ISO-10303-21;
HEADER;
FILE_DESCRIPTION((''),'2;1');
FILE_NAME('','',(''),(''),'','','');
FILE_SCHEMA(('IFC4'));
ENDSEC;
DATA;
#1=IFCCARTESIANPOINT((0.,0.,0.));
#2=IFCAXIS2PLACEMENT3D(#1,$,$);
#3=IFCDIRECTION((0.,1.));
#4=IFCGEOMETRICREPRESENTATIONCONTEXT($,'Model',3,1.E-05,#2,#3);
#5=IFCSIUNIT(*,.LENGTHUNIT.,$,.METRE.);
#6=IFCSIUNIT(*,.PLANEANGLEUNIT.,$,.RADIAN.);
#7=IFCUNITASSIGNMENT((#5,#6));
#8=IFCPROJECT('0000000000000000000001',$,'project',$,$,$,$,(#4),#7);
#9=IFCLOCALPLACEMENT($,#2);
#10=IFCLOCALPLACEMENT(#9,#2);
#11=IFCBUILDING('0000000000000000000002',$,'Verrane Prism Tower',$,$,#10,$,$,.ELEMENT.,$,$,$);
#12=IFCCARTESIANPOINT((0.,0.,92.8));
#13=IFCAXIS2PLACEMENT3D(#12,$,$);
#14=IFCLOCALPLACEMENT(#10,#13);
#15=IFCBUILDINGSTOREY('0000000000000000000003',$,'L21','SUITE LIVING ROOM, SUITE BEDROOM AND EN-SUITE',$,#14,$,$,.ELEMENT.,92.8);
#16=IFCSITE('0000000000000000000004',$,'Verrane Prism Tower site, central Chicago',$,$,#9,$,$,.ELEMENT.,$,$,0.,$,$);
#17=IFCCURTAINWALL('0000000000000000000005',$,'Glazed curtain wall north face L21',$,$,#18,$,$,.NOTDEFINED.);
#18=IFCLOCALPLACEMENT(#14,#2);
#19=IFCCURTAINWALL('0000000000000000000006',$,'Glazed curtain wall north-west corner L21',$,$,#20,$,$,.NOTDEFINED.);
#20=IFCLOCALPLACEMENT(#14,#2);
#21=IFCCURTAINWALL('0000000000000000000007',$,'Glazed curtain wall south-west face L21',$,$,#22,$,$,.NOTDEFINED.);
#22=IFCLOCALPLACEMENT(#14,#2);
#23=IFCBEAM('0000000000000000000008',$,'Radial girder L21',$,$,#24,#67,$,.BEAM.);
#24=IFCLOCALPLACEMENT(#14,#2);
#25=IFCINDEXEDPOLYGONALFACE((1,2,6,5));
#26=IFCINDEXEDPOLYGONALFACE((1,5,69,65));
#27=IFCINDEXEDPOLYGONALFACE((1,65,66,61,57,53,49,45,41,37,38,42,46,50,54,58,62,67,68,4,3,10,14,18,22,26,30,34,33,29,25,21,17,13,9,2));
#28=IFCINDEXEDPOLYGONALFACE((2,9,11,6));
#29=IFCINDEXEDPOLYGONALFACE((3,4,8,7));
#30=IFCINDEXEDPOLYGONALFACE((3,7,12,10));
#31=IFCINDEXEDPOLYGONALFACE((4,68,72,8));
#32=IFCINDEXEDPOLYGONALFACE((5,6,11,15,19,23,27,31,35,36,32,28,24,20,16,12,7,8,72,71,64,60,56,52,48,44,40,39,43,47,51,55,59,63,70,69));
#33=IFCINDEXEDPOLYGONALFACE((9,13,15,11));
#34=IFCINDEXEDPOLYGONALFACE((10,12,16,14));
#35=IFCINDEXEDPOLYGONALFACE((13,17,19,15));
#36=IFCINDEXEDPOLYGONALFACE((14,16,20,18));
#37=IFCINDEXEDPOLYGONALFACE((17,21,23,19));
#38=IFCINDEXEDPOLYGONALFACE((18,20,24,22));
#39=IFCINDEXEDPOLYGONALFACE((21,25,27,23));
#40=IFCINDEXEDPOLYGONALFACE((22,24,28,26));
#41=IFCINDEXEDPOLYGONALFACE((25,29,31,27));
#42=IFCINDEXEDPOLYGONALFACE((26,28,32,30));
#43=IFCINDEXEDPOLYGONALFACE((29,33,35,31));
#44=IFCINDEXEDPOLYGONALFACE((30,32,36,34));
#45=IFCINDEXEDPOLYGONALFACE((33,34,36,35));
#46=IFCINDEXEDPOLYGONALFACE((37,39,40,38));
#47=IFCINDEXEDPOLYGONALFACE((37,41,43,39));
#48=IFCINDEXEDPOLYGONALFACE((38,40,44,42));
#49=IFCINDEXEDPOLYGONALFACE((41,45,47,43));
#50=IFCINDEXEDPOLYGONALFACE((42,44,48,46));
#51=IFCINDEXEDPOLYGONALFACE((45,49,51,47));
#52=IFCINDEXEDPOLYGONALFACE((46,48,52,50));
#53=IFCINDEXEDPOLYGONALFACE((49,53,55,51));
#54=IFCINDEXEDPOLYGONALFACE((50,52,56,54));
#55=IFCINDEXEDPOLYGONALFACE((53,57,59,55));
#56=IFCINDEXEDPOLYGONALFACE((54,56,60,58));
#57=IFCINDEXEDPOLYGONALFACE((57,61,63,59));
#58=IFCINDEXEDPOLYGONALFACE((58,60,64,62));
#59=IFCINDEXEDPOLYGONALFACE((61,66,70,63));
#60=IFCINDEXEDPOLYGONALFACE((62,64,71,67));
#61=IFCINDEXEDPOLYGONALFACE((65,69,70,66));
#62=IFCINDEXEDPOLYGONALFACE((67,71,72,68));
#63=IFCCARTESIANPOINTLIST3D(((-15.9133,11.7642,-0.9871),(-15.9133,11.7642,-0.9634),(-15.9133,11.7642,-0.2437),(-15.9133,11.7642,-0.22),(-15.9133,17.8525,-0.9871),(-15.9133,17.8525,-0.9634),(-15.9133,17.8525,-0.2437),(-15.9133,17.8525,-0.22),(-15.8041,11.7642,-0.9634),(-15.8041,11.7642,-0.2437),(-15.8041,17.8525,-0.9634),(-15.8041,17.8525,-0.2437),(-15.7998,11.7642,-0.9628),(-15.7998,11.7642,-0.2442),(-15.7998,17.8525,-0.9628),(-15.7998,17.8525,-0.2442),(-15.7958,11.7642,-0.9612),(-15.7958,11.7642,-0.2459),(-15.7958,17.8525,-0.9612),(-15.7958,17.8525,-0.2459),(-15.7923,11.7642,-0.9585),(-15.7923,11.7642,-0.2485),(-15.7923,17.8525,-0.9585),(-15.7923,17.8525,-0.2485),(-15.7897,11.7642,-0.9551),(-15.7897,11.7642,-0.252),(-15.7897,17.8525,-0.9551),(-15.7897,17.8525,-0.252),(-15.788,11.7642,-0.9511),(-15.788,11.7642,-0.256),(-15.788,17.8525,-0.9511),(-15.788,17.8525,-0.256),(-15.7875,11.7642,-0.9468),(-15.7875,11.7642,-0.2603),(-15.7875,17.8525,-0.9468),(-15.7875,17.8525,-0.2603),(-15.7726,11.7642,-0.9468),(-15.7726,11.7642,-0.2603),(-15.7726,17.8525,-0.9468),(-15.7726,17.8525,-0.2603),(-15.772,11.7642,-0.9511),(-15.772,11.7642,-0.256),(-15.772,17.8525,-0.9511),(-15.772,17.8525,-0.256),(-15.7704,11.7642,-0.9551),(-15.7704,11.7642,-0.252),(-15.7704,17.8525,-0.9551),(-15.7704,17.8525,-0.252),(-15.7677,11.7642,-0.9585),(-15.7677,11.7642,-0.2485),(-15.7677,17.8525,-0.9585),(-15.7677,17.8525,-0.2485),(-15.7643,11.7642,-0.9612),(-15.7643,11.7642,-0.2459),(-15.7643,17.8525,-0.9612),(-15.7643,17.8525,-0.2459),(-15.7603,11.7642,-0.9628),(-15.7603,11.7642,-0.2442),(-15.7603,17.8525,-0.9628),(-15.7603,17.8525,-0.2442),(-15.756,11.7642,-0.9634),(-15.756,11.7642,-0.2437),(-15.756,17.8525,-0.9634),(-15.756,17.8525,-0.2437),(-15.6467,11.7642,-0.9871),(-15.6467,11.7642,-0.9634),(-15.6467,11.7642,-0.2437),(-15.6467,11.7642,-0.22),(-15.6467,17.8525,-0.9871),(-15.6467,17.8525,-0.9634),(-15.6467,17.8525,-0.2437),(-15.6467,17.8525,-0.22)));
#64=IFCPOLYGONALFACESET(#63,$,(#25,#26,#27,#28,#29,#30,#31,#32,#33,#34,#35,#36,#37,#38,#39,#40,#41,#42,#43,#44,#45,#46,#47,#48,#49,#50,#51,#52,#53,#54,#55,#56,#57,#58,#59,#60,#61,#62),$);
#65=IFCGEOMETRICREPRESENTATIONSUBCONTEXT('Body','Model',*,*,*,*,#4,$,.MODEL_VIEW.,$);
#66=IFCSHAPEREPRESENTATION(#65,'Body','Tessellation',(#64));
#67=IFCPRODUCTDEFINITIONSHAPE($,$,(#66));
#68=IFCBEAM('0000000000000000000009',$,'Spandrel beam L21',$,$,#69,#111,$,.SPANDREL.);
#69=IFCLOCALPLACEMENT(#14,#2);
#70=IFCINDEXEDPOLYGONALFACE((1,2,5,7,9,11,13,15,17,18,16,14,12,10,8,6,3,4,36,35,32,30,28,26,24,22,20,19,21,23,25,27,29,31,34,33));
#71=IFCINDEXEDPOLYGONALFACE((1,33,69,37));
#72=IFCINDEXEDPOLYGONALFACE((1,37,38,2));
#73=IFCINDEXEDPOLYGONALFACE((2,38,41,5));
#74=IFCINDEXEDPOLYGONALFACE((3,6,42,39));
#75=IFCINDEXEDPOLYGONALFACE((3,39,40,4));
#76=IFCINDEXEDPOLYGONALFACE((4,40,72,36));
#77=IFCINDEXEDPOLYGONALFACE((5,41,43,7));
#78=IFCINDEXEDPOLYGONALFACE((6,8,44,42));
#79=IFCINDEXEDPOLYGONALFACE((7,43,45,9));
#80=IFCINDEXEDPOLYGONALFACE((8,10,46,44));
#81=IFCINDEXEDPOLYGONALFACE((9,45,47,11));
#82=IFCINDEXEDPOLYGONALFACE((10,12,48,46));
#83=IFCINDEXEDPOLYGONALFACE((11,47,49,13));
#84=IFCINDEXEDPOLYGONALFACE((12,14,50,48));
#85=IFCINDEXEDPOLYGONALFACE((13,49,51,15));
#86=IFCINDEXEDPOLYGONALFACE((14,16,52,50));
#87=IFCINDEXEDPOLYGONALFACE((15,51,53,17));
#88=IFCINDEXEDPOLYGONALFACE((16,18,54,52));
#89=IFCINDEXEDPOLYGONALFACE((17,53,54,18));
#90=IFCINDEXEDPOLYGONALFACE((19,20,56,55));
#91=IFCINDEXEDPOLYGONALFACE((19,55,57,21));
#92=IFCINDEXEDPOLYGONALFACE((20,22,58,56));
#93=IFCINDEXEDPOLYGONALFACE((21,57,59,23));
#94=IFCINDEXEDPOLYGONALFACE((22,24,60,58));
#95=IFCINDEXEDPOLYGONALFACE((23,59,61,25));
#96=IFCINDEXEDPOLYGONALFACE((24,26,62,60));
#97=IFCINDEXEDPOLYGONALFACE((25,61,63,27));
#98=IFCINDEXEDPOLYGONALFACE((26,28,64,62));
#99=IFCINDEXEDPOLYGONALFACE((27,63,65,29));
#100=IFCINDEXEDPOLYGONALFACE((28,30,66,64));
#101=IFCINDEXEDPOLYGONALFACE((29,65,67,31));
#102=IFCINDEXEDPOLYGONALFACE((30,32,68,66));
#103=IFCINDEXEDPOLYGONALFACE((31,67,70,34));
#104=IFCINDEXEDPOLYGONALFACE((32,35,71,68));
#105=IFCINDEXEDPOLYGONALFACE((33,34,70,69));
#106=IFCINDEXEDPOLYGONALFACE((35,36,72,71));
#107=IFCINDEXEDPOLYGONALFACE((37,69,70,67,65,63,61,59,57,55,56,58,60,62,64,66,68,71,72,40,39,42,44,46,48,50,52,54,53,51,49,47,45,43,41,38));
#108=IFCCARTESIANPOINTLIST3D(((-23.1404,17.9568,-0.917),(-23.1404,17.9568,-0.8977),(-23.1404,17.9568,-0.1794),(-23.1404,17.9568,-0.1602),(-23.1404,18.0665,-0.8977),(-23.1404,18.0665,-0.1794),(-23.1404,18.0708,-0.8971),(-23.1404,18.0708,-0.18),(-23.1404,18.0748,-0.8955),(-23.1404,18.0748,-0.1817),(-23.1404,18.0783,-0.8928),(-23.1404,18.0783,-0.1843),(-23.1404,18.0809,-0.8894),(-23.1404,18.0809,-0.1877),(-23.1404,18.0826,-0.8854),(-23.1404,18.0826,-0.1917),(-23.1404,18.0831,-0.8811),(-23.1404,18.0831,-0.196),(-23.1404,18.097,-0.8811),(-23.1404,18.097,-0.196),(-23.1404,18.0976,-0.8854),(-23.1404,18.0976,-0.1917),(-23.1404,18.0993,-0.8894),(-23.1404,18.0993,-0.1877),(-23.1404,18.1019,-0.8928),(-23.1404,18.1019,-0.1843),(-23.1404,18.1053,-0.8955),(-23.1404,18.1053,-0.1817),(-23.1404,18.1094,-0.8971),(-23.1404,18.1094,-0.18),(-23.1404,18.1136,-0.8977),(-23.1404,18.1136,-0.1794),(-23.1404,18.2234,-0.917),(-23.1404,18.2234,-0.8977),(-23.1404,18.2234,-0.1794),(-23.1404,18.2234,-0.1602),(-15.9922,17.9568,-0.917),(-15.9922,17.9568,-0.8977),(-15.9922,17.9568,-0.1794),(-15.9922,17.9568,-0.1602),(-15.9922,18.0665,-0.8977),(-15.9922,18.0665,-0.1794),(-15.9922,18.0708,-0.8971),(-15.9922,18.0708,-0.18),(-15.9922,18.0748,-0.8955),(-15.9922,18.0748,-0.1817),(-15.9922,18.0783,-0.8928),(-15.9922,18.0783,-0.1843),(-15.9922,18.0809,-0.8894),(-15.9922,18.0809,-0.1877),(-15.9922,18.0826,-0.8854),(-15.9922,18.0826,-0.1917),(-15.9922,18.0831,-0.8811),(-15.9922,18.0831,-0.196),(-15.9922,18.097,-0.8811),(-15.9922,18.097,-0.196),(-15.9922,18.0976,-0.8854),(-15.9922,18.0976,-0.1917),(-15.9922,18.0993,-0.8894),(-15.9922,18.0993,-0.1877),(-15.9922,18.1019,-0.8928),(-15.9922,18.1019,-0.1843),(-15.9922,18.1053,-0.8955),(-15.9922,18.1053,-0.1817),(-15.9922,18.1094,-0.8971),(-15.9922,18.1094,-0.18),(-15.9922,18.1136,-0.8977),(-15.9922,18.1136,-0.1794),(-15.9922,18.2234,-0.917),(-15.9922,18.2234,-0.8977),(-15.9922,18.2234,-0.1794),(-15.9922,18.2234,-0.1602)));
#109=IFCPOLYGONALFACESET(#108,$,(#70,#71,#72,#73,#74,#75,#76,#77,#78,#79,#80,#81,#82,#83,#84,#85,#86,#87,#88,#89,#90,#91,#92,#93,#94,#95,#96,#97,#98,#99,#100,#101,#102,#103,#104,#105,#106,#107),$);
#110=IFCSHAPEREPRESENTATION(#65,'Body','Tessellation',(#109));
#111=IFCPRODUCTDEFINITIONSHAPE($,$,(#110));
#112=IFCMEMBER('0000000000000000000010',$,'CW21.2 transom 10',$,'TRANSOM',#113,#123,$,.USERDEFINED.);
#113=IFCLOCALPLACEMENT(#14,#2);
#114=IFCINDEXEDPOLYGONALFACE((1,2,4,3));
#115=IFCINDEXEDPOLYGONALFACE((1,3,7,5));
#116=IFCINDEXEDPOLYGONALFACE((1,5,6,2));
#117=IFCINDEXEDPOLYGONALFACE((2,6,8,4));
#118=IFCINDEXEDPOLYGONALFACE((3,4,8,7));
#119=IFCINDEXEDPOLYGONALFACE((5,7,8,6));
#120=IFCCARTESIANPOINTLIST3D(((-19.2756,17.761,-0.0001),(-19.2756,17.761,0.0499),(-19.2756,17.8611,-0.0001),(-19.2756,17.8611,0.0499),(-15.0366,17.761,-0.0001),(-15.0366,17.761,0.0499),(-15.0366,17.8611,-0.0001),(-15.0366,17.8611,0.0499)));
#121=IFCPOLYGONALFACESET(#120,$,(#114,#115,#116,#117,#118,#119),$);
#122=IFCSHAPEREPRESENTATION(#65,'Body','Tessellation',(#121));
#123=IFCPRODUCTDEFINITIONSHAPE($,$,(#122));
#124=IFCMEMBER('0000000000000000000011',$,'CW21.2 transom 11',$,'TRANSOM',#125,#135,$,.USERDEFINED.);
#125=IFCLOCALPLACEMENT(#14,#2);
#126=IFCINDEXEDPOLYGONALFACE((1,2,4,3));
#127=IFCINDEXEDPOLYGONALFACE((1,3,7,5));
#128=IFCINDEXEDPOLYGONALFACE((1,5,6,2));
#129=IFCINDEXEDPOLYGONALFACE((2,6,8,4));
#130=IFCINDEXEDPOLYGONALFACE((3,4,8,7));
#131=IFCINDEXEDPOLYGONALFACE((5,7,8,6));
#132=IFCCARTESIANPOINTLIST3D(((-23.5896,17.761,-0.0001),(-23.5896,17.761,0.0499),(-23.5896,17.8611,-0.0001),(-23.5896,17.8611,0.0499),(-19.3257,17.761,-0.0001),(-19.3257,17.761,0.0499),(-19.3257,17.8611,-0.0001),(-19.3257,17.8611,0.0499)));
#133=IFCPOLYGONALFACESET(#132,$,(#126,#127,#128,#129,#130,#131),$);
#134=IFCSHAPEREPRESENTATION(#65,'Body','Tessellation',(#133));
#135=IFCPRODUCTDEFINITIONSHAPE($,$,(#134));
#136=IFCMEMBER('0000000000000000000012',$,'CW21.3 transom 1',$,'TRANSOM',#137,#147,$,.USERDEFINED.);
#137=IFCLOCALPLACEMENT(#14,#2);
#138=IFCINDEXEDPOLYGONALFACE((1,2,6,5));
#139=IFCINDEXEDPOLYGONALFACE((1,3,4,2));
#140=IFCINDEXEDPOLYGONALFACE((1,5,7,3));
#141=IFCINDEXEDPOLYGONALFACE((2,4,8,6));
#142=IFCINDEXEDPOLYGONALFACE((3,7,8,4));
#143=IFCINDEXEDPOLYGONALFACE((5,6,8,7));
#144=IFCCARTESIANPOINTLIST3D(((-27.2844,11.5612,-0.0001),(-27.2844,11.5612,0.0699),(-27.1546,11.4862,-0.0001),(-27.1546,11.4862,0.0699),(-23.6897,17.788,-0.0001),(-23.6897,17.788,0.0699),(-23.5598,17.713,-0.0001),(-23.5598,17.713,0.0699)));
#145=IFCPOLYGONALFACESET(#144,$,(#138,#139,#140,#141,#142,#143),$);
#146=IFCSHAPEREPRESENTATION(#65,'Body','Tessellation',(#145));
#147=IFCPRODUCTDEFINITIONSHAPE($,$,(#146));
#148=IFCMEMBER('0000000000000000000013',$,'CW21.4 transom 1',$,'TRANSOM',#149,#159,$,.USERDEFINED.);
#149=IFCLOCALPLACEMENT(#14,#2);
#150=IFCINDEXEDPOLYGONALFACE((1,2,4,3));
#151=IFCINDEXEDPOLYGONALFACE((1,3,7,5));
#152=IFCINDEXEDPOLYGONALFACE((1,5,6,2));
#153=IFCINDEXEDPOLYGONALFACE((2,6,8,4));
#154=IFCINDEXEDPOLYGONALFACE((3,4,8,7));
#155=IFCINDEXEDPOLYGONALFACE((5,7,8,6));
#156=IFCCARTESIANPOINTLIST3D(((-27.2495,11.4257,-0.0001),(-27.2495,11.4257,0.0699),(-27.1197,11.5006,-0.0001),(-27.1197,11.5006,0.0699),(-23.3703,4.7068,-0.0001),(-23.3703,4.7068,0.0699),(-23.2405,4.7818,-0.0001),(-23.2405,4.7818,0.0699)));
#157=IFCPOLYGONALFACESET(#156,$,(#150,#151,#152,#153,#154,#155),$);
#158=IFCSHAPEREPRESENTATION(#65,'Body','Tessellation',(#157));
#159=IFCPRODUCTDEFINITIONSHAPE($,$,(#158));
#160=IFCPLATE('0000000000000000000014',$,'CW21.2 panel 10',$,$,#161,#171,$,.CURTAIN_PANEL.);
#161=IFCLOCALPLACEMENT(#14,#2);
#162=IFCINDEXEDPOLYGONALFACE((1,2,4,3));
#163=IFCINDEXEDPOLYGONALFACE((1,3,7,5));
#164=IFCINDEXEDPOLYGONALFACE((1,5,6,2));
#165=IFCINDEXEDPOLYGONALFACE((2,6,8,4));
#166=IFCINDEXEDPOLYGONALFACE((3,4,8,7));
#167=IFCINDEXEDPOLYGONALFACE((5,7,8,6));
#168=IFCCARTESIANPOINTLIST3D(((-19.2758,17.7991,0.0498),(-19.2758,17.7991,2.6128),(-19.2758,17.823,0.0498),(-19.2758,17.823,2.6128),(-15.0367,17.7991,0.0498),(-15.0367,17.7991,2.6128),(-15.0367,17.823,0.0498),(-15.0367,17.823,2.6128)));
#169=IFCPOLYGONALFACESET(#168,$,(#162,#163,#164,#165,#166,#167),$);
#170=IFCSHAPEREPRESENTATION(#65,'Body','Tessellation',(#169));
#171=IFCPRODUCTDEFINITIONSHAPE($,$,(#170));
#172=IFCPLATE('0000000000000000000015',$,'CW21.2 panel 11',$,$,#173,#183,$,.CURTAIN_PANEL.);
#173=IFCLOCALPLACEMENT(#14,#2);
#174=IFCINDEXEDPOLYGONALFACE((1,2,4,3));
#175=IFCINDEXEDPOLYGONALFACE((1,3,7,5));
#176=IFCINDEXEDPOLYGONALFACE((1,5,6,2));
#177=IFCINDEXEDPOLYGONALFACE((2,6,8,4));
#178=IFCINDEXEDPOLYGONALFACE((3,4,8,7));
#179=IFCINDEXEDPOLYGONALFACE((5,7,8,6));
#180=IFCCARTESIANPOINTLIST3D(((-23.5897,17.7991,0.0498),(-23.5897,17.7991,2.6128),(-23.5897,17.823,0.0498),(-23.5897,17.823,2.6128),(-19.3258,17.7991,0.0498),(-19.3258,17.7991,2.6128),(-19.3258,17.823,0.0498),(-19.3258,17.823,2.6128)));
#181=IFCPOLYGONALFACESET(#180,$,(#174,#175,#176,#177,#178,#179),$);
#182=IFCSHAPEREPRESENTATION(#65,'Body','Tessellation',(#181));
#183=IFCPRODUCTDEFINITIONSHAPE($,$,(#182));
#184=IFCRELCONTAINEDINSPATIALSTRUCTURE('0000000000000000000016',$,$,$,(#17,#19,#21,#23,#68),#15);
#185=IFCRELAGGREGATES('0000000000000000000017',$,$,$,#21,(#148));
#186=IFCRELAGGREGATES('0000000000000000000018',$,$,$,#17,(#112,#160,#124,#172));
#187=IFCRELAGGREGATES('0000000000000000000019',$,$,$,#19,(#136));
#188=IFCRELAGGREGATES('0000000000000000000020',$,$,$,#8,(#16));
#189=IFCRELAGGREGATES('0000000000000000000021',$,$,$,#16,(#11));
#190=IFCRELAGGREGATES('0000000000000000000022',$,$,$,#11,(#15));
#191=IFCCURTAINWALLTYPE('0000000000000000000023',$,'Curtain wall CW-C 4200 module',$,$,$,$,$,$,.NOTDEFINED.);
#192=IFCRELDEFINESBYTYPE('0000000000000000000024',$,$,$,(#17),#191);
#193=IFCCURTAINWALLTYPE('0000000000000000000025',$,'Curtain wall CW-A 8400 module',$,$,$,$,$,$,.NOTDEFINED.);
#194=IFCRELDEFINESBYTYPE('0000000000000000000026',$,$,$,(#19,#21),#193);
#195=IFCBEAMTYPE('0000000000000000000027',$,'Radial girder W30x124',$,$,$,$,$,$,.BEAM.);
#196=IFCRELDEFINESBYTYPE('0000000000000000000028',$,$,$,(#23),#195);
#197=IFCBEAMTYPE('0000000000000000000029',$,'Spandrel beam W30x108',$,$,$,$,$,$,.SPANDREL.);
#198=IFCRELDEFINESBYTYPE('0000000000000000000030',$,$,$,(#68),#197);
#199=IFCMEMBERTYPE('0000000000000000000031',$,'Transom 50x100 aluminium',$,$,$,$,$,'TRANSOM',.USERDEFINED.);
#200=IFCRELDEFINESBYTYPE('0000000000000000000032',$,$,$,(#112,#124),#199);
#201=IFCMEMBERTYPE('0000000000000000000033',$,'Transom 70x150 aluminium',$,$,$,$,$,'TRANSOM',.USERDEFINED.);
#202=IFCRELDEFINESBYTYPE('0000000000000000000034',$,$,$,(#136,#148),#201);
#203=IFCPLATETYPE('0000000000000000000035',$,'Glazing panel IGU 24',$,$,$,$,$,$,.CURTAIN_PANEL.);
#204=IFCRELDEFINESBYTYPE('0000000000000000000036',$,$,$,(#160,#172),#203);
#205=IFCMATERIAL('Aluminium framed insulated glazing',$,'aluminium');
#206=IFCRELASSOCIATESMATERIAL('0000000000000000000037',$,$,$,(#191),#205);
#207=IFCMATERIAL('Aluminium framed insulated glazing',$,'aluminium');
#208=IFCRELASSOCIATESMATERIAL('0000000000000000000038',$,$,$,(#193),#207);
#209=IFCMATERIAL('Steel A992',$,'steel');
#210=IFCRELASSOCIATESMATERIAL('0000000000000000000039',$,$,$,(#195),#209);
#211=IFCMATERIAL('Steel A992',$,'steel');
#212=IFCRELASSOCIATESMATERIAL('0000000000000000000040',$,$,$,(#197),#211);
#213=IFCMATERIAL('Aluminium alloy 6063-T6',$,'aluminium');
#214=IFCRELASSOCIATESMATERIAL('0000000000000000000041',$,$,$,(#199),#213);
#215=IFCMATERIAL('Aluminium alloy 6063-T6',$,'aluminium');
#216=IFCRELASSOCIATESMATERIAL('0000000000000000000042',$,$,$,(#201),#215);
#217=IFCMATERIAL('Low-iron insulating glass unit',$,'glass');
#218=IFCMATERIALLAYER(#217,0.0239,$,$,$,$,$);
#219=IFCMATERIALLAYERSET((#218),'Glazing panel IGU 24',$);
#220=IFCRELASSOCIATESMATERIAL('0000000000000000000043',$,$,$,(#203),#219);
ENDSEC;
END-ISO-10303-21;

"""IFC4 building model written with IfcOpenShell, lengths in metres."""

from ifc_helpers import new_model, si_unit, direction, frame, origin, origin_2d, place, context, subcontext, project, spatial, rectangle, i_section, extrude, material, layer, layer_set, material_profile, profile_set, type_object, element, aggregate, save


model = new_model("IFC4")

# Units and contexts
model_context = context("Model", 3, precision=1e-05, world=origin(), true_north=direction((0.0, 1.0)))
body_context = subcontext(model_context, "Body", "Model", "MODEL_VIEW")
ifc_project = project(units=[si_unit("LENGTHUNIT", "METRE"), si_unit("PLANEANGLEUNIT", "RADIAN")], contexts=[model_context])

# Site, building, storey
site_placement = place(None, origin())
site = spatial("IfcSite", under=ifc_project, at=site_placement, Name="Verrane Prism Tower site, central Chicago", CompositionType="ELEMENT", RefElevation=0.0)
building_placement = place(site_placement, origin())
building = spatial("IfcBuilding", under=site, at=building_placement, Name="Verrane Prism Tower", CompositionType="ELEMENT")
storey_placement = place(building_placement, frame((0.0, 0.0, 92.8)))
storey = spatial("IfcBuildingStorey", under=building, at=storey_placement, Name="L21", Description="SUITE LIVING ROOM, SUITE BEDROOM AND EN-SUITE", CompositionType="ELEMENT", Elevation=92.8)

# Curtain walls
ifc_material_1 = material(Name="Aluminium framed insulated glazing", Category="aluminium")
curtain_wall_type_1 = type_object("IfcCurtainWallType", Name="Curtain wall CW-C 4200 module", PredefinedType="NOTDEFINED", material=ifc_material_1)
curtain_wall_1_placement = place(storey_placement, origin())
curtain_wall_1 = element("IfcCurtainWall", 1, at=curtain_wall_1_placement, inside=storey, type_object=curtain_wall_type_1, Name="Glazed curtain wall north face L21", PredefinedType="NOTDEFINED")
ifc_material_2 = material(Name="Aluminium framed insulated glazing", Category="aluminium")
curtain_wall_type_2 = type_object("IfcCurtainWallType", Name="Curtain wall CW-A 8400 module", PredefinedType="NOTDEFINED", material=ifc_material_2)
curtain_wall_2_placement = place(storey_placement, origin())
curtain_wall_2 = element("IfcCurtainWall", 2, at=curtain_wall_2_placement, inside=storey, type_object=curtain_wall_type_2, Name="Glazed curtain wall north-west corner L21", PredefinedType="NOTDEFINED")
curtain_wall_3_placement = place(storey_placement, origin())
curtain_wall_3 = element("IfcCurtainWall", 3, at=curtain_wall_3_placement, inside=storey, type_object=curtain_wall_type_2, Name="Glazed curtain wall south-west face L21", PredefinedType="NOTDEFINED")

# Beams
ifc_material_3 = material(Name="Steel A992", Category="steel")
ifc_material_profile_1 = material_profile(ifc_material_3, i_section(OverallWidth=0.2666, OverallDepth=0.7671, WebThickness=0.0149, FlangeThickness=0.0237, FilletRadius=0.0166, at=origin_2d()), Name="W30x124")
ifc_profile_set_1 = profile_set([ifc_material_profile_1], Name="Steel A992")
beam_type_1 = type_object("IfcBeamType", Name="Radial girder W30x124", PredefinedType="BEAM", material=ifc_profile_set_1)
beam_1_placement = place(storey_placement, frame((-15.78, 17.8525, -0.6035), z_axis=(0.0, -1.0, 0.0), x_axis=(1.0, 0.0, 0.0)))
element("IfcBeam", 4, at=beam_1_placement, inside=storey, type_object=beam_type_1, Name="Radial girder L21", PredefinedType="BEAM", context=body_context, shape_type="SweptSolid", body=[
    extrude(i_section(OverallWidth=0.2666, OverallDepth=0.7671, WebThickness=0.0149, FlangeThickness=0.0237, FilletRadius=0.0166, at=origin_2d()), origin(), (0.0, 0.0, 1.0), 6.0884),
])
ifc_material_4 = material(Name="Steel A992", Category="steel")
ifc_material_profile_2 = material_profile(ifc_material_4, i_section(OverallWidth=0.2666, OverallDepth=0.7568, WebThickness=0.0139, FlangeThickness=0.0193, FilletRadius=0.0166, at=origin_2d()), Name="W30x108")
ifc_profile_set_2 = profile_set([ifc_material_profile_2], Name="Steel A992")
beam_type_2 = type_object("IfcBeamType", Name="Spandrel beam W30x108", PredefinedType="SPANDREL", material=ifc_profile_set_2)
beam_2_placement = place(storey_placement, frame((-15.9922, 18.0901, -0.5386), z_axis=(-1.0, 0.0, 0.0), x_axis=(0.0, -1.0, 0.0)))
element("IfcBeam", 5, at=beam_2_placement, inside=storey, type_object=beam_type_2, Name="Spandrel beam L21", PredefinedType="SPANDREL", context=body_context, shape_type="SweptSolid", body=[
    extrude(i_section(OverallWidth=0.2666, OverallDepth=0.7568, WebThickness=0.0139, FlangeThickness=0.0193, FilletRadius=0.0166, at=origin_2d()), origin(), (0.0, 0.0, 1.0), 7.1482),
])

# Members
ifc_material_5 = material(Name="Aluminium alloy 6063-T6", Category="aluminium")
ifc_material_profile_3 = material_profile(ifc_material_5, rectangle(XDim=0.1001, YDim=0.05, at=origin_2d()), Name="Transom 50x100 aluminium")
ifc_profile_set_3 = profile_set([ifc_material_profile_3], Name="Aluminium alloy 6063-T6")
member_type_1 = type_object("IfcMemberType", Name="Transom 50x100 aluminium", ElementType="TRANSOM", PredefinedType="USERDEFINED", material=ifc_profile_set_3)
member_1_placement = place(storey_placement, frame((-15.0366, 17.811, 0.0249), z_axis=(-1.0, 0.0, 0.0), x_axis=(0.0, -1.0, 0.0)))
member_1 = element("IfcMember", 6, at=member_1_placement, type_object=member_type_1, Name="CW21.2 transom 10", ObjectType="TRANSOM", PredefinedType="USERDEFINED", context=body_context, shape_type="SweptSolid", body=[
    extrude(rectangle(XDim=0.1001, YDim=0.05, at=origin_2d()), origin(), (0.0, 0.0, 1.0), 4.239),
])
member_2_placement = place(storey_placement, frame((-19.3257, 17.811, 0.0249), z_axis=(-1.0, 0.0, 0.0), x_axis=(0.0, -1.0, 0.0)))
member_2 = element("IfcMember", 7, at=member_2_placement, type_object=member_type_1, Name="CW21.2 transom 11", ObjectType="TRANSOM", PredefinedType="USERDEFINED", context=body_context, shape_type="SweptSolid", body=[
    extrude(rectangle(XDim=0.1001, YDim=0.05, at=origin_2d()), origin(), (0.0, 0.0, 1.0), 4.2639),
])
ifc_material_6 = material(Name="Aluminium alloy 6063-T6", Category="aluminium")
ifc_material_profile_4 = material_profile(ifc_material_6, rectangle(XDim=0.1499, YDim=0.0701, at=origin_2d()), Name="Transom 70x150 aluminium")
ifc_profile_set_4 = profile_set([ifc_material_profile_4], Name="Aluminium alloy 6063-T6")
member_type_2 = type_object("IfcMemberType", Name="Transom 70x150 aluminium", ElementType="TRANSOM", PredefinedType="USERDEFINED", material=ifc_profile_set_4)
member_3_placement = place(storey_placement, frame((-23.6248, 17.7505, 0.0349), z_axis=(-0.499966, -0.866045, 0.0), x_axis=(0.866045, -0.499966, 0.0)))
member_3 = element("IfcMember", 8, at=member_3_placement, type_object=member_type_2, Name="CW21.3 transom 1", ObjectType="TRANSOM", PredefinedType="USERDEFINED", context=body_context, shape_type="SweptSolid", body=[
    extrude(rectangle(XDim=0.1499, YDim=0.0701, at=origin_2d()), origin(), (0.0, 0.0, 1.0), 7.1899),
])
member_4_placement = place(storey_placement, frame((-27.1846, 11.4631, 0.0349), z_axis=(0.500008, -0.866021, 0.0), x_axis=(0.866021, 0.500008, 0.0)))
member_4 = element("IfcMember", 9, at=member_4_placement, type_object=member_type_2, Name="CW21.4 transom 1", ObjectType="TRANSOM", PredefinedType="USERDEFINED", context=body_context, shape_type="SweptSolid", body=[
    extrude(rectangle(XDim=0.1499, YDim=0.0701, at=origin_2d()), origin(), (0.0, 0.0, 1.0), 7.7583),
])
aggregate(curtain_wall_3, [member_4])

# Plates
ifc_material_7 = material(Name="Low-iron insulating glass unit", Category="glass")
ifc_layer_1 = layer(ifc_material_7, 0.0239)
ifc_layer_set_1 = layer_set([ifc_layer_1], Name="Glazing panel IGU 24")
plate_type_1 = type_object("IfcPlateType", Name="Glazing panel IGU 24", PredefinedType="CURTAIN_PANEL", material=ifc_layer_set_1)
plate_1_placement = place(storey_placement, frame((-17.1562, 17.811, 0.0498), z_axis=(0.0, 0.0, 1.0), x_axis=(-1.0, 0.0, 0.0)))
plate_1 = element("IfcPlate", 10, at=plate_1_placement, type_object=plate_type_1, Name="CW21.2 panel 10", PredefinedType="CURTAIN_PANEL", context=body_context, shape_type="SweptSolid", body=[
    extrude(rectangle(XDim=4.239, YDim=0.0239, at=origin_2d()), origin(), (0.0, 0.0, 1.0), 2.563),
])
plate_2_placement = place(storey_placement, frame((-21.4578, 17.811, 0.0498), z_axis=(0.0, 0.0, 1.0), x_axis=(-1.0, 0.0, 0.0)))
plate_2 = element("IfcPlate", 11, at=plate_2_placement, type_object=plate_type_1, Name="CW21.2 panel 11", PredefinedType="CURTAIN_PANEL", context=body_context, shape_type="SweptSolid", body=[
    extrude(rectangle(XDim=4.2639, YDim=0.0239, at=origin_2d()), origin(), (0.0, 0.0, 1.0), 2.563),
])
aggregate(curtain_wall_1, [member_1, plate_1, member_2, plate_2])
aggregate(curtain_wall_2, [member_3])

save(model, "model.ifc")
